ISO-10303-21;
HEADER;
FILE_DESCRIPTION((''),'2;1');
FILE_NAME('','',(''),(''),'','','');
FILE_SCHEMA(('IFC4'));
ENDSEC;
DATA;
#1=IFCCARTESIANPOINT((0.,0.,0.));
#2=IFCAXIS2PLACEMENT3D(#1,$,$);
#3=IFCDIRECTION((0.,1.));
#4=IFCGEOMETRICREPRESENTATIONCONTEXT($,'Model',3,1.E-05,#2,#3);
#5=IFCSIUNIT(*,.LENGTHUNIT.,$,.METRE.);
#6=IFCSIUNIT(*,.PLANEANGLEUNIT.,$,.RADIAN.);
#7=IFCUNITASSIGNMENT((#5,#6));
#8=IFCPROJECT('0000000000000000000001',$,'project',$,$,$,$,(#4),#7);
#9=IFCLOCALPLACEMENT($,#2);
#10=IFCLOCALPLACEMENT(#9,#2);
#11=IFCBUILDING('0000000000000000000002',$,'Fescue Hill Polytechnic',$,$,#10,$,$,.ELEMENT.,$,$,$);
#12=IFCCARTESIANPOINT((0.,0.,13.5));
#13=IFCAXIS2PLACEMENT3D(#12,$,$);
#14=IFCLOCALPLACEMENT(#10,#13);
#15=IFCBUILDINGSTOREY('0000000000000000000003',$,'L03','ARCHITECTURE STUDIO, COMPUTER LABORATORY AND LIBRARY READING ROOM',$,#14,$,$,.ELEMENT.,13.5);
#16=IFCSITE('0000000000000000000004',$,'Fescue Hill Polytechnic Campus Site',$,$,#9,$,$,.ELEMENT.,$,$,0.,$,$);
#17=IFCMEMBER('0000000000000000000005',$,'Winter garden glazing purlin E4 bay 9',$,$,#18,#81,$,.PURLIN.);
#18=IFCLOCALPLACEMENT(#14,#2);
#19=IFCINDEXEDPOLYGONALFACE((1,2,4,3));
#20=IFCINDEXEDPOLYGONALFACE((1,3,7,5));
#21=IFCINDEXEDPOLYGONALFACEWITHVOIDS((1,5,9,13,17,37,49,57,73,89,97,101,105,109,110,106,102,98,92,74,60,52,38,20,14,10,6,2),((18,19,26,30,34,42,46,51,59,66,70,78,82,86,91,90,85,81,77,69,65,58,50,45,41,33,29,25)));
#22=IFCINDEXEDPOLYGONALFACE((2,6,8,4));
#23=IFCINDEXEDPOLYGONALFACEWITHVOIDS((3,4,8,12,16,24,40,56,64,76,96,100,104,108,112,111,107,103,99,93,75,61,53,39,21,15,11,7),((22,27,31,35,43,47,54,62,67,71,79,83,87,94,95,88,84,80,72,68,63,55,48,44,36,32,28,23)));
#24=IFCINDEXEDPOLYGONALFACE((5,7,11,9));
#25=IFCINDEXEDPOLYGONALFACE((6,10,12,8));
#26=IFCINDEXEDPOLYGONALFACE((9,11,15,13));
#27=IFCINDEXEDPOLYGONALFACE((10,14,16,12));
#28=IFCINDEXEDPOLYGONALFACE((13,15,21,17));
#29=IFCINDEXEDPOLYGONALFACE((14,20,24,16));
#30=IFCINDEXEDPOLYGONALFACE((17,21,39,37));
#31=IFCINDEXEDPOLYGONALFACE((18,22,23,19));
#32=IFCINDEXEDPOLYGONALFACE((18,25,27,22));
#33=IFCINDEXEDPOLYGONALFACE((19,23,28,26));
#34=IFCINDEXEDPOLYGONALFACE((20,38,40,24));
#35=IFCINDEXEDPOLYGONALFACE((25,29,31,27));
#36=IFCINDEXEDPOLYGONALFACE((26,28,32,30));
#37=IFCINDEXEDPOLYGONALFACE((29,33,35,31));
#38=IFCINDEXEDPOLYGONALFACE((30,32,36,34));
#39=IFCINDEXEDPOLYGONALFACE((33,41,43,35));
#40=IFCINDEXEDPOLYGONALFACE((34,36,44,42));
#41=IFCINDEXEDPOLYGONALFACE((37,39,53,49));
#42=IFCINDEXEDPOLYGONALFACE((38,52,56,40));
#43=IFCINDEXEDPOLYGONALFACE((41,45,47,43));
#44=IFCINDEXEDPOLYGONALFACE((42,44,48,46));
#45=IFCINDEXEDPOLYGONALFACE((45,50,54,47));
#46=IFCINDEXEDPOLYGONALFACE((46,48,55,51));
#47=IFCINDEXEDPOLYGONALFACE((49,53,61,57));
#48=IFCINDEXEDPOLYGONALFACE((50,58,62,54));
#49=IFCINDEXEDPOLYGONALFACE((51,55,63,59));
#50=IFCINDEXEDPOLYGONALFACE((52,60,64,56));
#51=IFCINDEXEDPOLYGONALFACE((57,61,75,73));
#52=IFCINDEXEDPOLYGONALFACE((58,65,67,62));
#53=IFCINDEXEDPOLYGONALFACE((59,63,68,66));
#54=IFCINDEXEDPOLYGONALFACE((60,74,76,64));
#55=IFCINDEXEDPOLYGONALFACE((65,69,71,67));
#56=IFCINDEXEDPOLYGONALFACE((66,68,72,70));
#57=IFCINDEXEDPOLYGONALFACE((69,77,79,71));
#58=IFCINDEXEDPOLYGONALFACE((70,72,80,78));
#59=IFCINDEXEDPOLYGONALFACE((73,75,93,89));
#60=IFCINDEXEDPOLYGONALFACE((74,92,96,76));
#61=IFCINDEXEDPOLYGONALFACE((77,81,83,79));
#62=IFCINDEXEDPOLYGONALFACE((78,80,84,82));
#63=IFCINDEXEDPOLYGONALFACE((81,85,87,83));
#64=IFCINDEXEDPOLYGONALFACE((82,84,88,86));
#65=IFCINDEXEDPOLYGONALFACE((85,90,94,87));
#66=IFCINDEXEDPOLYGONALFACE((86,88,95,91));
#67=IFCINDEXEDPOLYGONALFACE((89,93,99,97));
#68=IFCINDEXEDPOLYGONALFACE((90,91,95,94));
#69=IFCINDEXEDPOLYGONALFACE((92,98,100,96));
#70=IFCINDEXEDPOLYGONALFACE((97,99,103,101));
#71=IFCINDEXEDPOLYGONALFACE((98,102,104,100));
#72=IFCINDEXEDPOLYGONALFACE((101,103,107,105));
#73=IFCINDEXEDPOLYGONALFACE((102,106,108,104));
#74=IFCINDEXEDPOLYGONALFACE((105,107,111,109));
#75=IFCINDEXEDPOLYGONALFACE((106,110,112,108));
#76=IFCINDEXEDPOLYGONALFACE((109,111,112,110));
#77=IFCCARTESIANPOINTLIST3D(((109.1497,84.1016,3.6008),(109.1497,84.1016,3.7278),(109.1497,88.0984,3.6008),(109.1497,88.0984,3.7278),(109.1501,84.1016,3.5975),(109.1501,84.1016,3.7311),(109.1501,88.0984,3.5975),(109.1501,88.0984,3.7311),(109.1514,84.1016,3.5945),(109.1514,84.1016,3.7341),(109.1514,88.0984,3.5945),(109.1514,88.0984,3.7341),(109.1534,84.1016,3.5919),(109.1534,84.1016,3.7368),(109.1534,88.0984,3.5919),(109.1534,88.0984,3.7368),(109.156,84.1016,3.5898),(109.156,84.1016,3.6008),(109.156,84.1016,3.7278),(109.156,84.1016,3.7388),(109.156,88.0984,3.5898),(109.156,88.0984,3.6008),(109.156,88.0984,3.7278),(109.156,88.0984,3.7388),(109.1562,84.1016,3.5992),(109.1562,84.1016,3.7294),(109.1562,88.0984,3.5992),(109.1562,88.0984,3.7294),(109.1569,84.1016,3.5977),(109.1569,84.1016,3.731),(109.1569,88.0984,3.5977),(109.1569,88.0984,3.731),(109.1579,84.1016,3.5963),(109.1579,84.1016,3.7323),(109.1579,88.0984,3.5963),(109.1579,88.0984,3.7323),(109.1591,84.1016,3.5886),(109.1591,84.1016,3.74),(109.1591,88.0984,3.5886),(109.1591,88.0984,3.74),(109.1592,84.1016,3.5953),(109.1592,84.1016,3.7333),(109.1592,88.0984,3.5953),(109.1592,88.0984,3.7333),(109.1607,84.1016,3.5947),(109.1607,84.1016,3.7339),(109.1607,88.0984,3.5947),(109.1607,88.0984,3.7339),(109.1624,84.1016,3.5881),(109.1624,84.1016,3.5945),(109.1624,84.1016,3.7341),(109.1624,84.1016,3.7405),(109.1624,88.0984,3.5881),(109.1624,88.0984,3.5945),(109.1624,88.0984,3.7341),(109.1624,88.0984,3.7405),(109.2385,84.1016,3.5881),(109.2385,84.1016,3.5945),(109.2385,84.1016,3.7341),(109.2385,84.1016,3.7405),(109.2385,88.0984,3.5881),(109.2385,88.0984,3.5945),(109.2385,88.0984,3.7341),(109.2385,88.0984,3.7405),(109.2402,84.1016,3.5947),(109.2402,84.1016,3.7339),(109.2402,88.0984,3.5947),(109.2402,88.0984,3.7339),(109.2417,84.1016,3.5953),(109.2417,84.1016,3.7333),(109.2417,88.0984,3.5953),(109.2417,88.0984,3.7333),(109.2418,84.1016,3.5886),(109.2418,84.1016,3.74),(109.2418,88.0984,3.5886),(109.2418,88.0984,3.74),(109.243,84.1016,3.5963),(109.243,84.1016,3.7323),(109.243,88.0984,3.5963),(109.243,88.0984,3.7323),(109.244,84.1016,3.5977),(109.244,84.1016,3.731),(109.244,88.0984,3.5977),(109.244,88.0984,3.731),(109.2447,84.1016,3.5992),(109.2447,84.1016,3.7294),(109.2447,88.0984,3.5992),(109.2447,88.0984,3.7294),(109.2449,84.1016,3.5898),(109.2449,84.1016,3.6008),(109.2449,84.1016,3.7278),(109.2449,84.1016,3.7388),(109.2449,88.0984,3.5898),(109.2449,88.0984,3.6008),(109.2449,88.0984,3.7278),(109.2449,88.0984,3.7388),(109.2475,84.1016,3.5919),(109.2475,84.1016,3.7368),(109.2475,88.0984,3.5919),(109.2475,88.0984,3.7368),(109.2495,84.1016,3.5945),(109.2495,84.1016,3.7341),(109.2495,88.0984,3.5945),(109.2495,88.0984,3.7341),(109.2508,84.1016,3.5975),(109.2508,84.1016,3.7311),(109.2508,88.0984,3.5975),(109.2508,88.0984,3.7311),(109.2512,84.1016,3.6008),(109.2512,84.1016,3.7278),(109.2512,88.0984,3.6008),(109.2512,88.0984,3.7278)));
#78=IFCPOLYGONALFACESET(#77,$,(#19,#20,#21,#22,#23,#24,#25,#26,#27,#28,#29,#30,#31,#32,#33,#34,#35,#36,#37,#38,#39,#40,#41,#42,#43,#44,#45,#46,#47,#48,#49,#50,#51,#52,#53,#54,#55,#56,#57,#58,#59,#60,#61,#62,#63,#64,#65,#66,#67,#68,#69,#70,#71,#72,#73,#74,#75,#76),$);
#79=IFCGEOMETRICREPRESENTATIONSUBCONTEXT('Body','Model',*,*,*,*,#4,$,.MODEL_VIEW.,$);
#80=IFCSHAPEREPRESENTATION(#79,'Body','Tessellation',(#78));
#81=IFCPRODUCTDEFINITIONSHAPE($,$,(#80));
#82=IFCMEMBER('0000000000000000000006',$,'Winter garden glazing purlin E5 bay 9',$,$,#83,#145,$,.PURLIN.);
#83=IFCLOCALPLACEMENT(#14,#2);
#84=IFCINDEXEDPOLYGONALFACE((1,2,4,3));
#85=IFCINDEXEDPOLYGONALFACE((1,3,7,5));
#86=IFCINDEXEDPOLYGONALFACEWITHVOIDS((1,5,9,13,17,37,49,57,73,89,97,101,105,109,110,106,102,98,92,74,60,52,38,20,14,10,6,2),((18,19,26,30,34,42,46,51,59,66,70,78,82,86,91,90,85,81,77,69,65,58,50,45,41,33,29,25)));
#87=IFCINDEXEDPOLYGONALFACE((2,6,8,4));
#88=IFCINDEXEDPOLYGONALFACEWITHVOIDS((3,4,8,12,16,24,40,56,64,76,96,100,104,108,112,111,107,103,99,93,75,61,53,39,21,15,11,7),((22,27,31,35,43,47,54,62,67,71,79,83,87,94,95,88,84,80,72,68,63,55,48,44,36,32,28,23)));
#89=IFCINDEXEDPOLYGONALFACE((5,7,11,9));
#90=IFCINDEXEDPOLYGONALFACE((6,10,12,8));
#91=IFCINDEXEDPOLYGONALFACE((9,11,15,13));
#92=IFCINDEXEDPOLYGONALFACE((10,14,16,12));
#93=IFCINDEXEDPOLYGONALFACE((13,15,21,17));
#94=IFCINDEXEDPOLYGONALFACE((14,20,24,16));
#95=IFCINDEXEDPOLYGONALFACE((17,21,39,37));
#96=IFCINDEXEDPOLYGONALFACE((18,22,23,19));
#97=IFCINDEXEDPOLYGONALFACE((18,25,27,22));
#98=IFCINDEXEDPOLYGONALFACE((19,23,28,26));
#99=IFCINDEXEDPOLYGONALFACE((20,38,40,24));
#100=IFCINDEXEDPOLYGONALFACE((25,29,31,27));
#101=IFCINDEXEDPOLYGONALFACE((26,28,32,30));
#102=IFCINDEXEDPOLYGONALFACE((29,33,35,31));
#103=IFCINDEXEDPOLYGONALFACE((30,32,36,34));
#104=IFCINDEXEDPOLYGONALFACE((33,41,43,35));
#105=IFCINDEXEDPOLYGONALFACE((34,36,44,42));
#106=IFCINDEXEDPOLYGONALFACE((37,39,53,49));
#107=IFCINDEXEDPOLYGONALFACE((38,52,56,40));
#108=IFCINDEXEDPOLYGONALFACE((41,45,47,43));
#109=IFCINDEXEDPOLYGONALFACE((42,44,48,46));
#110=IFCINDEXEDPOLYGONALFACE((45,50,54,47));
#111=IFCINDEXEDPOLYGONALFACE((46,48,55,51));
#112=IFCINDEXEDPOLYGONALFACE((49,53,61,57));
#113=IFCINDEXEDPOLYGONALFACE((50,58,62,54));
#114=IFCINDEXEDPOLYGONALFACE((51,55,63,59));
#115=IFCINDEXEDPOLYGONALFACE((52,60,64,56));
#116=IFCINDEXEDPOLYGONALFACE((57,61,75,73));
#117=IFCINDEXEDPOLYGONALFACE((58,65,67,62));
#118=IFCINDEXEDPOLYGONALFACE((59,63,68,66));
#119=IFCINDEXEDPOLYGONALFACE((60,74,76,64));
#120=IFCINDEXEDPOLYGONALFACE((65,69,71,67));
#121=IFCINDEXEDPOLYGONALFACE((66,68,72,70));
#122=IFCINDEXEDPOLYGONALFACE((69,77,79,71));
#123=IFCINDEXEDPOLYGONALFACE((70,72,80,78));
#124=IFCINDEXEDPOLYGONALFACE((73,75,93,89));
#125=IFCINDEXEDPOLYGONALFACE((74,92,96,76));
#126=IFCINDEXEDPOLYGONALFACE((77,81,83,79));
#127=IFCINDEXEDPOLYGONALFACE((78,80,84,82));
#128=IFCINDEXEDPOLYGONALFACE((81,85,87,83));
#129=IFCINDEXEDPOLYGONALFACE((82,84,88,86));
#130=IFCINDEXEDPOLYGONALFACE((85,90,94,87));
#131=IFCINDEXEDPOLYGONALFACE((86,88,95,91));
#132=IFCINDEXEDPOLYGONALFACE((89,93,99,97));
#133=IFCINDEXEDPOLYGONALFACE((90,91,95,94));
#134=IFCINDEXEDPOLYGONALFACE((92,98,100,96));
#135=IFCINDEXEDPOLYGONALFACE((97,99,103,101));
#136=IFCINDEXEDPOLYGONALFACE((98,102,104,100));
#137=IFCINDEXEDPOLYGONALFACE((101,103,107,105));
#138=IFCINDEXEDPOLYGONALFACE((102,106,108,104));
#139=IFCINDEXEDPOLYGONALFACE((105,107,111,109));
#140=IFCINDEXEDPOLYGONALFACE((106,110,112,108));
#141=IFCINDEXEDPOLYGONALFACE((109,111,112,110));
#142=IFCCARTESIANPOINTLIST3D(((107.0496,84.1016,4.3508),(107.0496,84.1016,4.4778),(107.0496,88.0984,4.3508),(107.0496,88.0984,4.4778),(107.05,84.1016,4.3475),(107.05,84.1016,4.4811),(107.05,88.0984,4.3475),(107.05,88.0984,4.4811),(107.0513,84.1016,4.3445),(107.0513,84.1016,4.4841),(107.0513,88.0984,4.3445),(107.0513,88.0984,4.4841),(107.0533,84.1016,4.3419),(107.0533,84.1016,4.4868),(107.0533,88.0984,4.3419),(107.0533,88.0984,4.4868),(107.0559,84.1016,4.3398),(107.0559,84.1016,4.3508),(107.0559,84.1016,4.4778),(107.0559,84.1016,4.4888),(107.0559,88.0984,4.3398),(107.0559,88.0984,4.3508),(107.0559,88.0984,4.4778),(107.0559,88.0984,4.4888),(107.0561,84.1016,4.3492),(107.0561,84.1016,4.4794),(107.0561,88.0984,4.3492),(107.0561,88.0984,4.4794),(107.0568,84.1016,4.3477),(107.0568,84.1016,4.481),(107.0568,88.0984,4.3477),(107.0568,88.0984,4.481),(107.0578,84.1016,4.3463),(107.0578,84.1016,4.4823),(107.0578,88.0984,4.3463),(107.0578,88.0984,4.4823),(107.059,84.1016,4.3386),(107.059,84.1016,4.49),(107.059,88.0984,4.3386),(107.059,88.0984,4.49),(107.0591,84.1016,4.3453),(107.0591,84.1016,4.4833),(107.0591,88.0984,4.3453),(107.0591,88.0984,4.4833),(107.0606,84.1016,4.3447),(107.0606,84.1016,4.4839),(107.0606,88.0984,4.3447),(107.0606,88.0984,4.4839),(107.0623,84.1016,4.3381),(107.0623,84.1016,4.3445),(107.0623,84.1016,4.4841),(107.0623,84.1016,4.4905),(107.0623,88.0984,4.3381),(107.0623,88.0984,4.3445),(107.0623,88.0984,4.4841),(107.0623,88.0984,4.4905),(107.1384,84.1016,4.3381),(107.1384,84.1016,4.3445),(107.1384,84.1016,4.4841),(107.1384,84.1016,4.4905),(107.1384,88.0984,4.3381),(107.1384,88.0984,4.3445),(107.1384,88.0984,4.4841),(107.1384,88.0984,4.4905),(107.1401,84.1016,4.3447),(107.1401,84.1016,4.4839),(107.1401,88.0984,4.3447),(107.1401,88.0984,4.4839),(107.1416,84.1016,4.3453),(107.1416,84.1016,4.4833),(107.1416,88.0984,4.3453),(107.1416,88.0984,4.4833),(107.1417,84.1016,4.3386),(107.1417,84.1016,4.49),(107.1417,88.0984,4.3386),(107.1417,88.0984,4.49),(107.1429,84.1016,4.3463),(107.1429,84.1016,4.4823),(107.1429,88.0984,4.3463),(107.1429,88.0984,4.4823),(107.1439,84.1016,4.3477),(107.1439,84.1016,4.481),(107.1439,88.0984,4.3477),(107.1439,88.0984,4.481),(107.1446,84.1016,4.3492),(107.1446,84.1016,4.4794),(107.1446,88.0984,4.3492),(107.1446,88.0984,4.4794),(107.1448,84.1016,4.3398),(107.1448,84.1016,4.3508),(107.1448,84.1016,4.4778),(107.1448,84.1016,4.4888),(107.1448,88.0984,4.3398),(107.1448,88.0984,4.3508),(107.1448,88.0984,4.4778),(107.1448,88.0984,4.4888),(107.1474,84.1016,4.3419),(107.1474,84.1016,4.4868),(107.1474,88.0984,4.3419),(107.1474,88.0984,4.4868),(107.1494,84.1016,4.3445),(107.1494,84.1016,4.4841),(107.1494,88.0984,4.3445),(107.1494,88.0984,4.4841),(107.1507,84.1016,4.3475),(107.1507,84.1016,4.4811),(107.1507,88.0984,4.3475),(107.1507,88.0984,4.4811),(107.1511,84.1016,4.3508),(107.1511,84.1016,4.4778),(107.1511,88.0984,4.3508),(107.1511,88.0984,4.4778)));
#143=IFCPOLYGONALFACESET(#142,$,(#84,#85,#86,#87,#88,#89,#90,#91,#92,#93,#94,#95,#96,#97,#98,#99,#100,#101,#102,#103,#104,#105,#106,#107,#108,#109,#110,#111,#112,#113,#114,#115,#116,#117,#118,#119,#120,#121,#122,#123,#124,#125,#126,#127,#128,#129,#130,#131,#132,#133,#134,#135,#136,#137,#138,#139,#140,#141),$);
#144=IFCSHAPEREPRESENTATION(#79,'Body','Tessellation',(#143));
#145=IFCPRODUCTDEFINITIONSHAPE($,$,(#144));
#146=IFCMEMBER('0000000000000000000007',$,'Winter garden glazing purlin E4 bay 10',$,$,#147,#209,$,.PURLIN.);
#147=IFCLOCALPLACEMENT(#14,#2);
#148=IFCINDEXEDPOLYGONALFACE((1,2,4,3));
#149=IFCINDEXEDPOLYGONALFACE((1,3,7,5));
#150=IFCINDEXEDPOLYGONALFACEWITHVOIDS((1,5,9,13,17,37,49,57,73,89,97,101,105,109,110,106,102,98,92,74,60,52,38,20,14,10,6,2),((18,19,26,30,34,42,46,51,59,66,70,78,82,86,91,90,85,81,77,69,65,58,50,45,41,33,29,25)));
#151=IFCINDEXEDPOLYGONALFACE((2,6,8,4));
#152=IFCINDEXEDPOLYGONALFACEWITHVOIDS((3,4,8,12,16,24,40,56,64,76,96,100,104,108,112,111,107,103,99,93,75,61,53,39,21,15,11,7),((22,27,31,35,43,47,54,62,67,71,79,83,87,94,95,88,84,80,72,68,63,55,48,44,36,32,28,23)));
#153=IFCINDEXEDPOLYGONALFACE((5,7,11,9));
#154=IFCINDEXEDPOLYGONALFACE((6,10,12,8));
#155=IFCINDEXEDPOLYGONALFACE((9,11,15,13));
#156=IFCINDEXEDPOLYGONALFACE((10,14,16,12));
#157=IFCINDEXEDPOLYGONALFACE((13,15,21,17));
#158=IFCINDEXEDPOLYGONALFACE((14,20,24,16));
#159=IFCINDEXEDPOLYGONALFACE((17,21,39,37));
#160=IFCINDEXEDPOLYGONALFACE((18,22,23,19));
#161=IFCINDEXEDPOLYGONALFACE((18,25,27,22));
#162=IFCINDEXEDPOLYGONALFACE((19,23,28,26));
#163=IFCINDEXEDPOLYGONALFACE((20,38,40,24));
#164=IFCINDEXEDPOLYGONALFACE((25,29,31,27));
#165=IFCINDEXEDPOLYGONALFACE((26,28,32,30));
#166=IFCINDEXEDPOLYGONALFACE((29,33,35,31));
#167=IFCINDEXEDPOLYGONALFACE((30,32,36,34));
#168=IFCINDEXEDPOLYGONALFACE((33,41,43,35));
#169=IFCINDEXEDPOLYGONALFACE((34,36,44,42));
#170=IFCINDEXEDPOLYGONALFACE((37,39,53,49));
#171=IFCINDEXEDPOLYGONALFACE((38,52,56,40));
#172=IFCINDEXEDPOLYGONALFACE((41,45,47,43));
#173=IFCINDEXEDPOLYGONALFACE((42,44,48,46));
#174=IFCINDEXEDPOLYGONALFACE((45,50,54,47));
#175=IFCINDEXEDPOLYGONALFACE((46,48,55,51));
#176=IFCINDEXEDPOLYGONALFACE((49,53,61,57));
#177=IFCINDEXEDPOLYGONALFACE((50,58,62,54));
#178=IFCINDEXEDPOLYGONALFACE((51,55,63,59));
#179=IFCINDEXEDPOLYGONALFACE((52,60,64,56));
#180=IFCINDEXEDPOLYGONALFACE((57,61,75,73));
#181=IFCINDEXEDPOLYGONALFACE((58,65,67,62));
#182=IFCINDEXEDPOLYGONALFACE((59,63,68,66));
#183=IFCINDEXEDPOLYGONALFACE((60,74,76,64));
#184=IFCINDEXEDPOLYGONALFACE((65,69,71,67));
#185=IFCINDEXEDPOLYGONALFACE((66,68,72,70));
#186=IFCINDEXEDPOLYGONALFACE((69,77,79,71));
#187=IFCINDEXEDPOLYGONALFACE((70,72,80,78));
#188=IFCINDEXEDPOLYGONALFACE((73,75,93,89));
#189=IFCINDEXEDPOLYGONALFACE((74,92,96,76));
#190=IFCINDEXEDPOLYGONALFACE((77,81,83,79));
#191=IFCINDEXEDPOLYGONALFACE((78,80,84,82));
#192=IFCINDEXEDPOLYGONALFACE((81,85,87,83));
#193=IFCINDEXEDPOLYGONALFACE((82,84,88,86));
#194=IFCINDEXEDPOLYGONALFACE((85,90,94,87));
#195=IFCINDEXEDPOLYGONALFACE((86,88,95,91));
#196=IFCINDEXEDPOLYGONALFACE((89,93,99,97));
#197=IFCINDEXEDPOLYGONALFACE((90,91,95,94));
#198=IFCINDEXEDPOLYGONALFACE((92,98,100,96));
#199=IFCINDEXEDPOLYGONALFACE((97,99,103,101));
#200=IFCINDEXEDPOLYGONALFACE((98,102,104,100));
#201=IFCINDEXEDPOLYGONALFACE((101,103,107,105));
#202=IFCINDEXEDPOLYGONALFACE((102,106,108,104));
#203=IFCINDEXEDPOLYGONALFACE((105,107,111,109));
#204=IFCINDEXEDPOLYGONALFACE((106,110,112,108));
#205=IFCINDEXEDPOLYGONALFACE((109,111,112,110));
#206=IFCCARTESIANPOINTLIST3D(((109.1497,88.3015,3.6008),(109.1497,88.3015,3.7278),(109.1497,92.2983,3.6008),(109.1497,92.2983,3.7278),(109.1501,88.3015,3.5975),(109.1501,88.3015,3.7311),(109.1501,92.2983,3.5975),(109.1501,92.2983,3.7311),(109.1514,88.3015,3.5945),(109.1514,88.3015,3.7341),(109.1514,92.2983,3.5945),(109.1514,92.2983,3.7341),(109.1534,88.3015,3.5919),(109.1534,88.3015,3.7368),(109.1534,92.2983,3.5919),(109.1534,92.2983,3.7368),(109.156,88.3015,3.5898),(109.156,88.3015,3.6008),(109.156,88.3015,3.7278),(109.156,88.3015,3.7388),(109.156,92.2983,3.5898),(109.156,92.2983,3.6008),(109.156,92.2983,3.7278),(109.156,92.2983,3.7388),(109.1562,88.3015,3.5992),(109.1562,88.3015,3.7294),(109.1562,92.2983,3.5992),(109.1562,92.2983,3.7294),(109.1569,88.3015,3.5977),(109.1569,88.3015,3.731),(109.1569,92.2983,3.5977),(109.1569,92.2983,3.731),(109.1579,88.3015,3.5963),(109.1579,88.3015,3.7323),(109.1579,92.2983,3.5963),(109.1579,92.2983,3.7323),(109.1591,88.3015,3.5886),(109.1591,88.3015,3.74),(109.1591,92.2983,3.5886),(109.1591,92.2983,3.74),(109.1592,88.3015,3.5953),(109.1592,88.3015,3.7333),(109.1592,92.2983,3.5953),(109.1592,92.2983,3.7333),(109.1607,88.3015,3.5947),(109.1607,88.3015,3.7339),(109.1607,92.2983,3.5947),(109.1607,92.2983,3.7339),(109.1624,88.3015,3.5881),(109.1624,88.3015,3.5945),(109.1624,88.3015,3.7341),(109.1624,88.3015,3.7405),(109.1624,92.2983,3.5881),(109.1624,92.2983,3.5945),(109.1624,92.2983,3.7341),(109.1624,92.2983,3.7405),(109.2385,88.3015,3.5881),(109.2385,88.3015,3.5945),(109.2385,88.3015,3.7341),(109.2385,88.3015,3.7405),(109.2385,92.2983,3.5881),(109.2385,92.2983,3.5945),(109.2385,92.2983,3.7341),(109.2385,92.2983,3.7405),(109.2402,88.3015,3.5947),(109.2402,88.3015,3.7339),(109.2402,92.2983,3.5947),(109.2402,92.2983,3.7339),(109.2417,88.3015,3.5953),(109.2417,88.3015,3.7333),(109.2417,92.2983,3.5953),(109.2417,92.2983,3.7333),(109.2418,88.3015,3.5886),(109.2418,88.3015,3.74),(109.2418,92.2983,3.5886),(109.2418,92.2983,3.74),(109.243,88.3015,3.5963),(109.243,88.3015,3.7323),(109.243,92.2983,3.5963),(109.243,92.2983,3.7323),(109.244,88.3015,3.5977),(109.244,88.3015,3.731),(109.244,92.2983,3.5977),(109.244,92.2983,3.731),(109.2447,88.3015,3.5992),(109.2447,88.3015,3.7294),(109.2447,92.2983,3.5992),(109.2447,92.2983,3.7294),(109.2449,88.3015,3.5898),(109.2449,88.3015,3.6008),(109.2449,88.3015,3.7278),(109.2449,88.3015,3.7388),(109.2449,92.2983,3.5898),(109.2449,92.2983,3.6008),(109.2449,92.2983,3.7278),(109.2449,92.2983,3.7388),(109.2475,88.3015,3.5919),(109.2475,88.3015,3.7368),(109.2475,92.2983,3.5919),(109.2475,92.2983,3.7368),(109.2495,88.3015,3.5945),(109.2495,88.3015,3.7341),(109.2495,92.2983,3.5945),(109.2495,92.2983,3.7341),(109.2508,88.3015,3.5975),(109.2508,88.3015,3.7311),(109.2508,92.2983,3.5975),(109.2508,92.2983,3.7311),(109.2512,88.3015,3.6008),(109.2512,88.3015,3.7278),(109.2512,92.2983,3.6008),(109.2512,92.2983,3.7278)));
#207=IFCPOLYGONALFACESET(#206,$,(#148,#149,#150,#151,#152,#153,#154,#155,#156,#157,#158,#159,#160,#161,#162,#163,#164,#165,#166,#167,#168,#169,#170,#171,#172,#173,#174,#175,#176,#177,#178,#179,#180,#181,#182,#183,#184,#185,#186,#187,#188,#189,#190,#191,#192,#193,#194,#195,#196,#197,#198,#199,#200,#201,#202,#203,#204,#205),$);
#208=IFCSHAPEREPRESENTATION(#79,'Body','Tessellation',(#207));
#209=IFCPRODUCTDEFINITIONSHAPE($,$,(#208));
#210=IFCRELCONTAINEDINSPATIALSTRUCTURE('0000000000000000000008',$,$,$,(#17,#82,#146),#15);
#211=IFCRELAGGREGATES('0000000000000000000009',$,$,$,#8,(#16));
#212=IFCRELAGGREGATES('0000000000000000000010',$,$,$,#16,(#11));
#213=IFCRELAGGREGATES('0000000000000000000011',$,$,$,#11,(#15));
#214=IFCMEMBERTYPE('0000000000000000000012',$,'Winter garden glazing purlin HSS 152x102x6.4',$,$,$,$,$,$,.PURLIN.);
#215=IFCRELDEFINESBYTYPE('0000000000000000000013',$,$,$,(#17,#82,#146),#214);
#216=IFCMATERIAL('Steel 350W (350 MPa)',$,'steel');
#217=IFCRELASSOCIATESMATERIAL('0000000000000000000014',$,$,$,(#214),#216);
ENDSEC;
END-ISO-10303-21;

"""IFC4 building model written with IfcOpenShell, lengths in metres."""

from ifc_helpers import new_model, si_unit, direction, frame, origin, origin_2d, place, context, subcontext, project, spatial, hollow_rectangle, extrude, material, material_profile, profile_set, type_object, element, save


model = new_model("IFC4")

# Units and contexts
model_context = context("Model", 3, precision=1e-05, world=origin(), true_north=direction((0.0, 1.0)))
body_context = subcontext(model_context, "Body", "Model", "MODEL_VIEW")
ifc_project = project(units=[si_unit("LENGTHUNIT", "METRE"), si_unit("PLANEANGLEUNIT", "RADIAN")], contexts=[model_context])

# Site, building, storey
site_placement = place(None, origin())
site = spatial("IfcSite", under=ifc_project, at=site_placement, Name="Fescue Hill Polytechnic Campus Site", CompositionType="ELEMENT", RefElevation=0.0)
building_placement = place(site_placement, origin())
building = spatial("IfcBuilding", under=site, at=building_placement, Name="Fescue Hill Polytechnic", CompositionType="ELEMENT")
storey_placement = place(building_placement, frame((0.0, 0.0, 13.5)))
storey = spatial("IfcBuildingStorey", under=building, at=storey_placement, Name="L03", Description="ARCHITECTURE STUDIO, COMPUTER LABORATORY AND LIBRARY READING ROOM", CompositionType="ELEMENT", Elevation=13.5)

# Members
ifc_material_1 = material(Name="Steel 350W (350 MPa)", Category="steel")
ifc_material_profile_1 = material_profile(ifc_material_1, hollow_rectangle(XDim=0.1016, YDim=0.1523, WallThickness=0.0063, InnerFilletRadius=0.0063, OuterFilletRadius=0.0127, at=origin_2d()), Name="Winter garden glazing purlin HSS 152x102x6.4")
ifc_profile_set_1 = profile_set([ifc_material_profile_1], Name="Steel 350W (350 MPa)")
member_type_1 = type_object("IfcMemberType", Name="Winter garden glazing purlin HSS 152x102x6.4", PredefinedType="PURLIN", material=ifc_profile_set_1)
for number, where, z_axis, x_axis, name in (
    (1, (109.2004, 84.1016, 3.6643), (0.0, 1.0, 0.0), (-1.0, 0.0, 0.0), "Winter garden glazing purlin E4 bay 9"),
    (2, (107.1003, 84.1016, 4.4143), (0.0, 1.0, 0.0), (-1.0, 0.0, 0.0), "Winter garden glazing purlin E5 bay 9"),
    (3, (109.2004, 88.3015, 3.6643), (0.0, 1.0, 0.0), (-1.0, 0.0, 0.0), "Winter garden glazing purlin E4 bay 10"),
):
    element("IfcMember", number, at=place(storey_placement, frame(where, z_axis=z_axis, x_axis=x_axis)), inside=storey, type_object=member_type_1, Name=name, PredefinedType="PURLIN", context=body_context, shape_type="SweptSolid", body=[
        extrude(hollow_rectangle(XDim=0.1016, YDim=0.1523, WallThickness=0.0063, InnerFilletRadius=0.0063, OuterFilletRadius=0.0127, at=origin_2d()), origin(), (0.0, 0.0, 1.0), 3.9968),
    ])

save(model, "model.ifc")
